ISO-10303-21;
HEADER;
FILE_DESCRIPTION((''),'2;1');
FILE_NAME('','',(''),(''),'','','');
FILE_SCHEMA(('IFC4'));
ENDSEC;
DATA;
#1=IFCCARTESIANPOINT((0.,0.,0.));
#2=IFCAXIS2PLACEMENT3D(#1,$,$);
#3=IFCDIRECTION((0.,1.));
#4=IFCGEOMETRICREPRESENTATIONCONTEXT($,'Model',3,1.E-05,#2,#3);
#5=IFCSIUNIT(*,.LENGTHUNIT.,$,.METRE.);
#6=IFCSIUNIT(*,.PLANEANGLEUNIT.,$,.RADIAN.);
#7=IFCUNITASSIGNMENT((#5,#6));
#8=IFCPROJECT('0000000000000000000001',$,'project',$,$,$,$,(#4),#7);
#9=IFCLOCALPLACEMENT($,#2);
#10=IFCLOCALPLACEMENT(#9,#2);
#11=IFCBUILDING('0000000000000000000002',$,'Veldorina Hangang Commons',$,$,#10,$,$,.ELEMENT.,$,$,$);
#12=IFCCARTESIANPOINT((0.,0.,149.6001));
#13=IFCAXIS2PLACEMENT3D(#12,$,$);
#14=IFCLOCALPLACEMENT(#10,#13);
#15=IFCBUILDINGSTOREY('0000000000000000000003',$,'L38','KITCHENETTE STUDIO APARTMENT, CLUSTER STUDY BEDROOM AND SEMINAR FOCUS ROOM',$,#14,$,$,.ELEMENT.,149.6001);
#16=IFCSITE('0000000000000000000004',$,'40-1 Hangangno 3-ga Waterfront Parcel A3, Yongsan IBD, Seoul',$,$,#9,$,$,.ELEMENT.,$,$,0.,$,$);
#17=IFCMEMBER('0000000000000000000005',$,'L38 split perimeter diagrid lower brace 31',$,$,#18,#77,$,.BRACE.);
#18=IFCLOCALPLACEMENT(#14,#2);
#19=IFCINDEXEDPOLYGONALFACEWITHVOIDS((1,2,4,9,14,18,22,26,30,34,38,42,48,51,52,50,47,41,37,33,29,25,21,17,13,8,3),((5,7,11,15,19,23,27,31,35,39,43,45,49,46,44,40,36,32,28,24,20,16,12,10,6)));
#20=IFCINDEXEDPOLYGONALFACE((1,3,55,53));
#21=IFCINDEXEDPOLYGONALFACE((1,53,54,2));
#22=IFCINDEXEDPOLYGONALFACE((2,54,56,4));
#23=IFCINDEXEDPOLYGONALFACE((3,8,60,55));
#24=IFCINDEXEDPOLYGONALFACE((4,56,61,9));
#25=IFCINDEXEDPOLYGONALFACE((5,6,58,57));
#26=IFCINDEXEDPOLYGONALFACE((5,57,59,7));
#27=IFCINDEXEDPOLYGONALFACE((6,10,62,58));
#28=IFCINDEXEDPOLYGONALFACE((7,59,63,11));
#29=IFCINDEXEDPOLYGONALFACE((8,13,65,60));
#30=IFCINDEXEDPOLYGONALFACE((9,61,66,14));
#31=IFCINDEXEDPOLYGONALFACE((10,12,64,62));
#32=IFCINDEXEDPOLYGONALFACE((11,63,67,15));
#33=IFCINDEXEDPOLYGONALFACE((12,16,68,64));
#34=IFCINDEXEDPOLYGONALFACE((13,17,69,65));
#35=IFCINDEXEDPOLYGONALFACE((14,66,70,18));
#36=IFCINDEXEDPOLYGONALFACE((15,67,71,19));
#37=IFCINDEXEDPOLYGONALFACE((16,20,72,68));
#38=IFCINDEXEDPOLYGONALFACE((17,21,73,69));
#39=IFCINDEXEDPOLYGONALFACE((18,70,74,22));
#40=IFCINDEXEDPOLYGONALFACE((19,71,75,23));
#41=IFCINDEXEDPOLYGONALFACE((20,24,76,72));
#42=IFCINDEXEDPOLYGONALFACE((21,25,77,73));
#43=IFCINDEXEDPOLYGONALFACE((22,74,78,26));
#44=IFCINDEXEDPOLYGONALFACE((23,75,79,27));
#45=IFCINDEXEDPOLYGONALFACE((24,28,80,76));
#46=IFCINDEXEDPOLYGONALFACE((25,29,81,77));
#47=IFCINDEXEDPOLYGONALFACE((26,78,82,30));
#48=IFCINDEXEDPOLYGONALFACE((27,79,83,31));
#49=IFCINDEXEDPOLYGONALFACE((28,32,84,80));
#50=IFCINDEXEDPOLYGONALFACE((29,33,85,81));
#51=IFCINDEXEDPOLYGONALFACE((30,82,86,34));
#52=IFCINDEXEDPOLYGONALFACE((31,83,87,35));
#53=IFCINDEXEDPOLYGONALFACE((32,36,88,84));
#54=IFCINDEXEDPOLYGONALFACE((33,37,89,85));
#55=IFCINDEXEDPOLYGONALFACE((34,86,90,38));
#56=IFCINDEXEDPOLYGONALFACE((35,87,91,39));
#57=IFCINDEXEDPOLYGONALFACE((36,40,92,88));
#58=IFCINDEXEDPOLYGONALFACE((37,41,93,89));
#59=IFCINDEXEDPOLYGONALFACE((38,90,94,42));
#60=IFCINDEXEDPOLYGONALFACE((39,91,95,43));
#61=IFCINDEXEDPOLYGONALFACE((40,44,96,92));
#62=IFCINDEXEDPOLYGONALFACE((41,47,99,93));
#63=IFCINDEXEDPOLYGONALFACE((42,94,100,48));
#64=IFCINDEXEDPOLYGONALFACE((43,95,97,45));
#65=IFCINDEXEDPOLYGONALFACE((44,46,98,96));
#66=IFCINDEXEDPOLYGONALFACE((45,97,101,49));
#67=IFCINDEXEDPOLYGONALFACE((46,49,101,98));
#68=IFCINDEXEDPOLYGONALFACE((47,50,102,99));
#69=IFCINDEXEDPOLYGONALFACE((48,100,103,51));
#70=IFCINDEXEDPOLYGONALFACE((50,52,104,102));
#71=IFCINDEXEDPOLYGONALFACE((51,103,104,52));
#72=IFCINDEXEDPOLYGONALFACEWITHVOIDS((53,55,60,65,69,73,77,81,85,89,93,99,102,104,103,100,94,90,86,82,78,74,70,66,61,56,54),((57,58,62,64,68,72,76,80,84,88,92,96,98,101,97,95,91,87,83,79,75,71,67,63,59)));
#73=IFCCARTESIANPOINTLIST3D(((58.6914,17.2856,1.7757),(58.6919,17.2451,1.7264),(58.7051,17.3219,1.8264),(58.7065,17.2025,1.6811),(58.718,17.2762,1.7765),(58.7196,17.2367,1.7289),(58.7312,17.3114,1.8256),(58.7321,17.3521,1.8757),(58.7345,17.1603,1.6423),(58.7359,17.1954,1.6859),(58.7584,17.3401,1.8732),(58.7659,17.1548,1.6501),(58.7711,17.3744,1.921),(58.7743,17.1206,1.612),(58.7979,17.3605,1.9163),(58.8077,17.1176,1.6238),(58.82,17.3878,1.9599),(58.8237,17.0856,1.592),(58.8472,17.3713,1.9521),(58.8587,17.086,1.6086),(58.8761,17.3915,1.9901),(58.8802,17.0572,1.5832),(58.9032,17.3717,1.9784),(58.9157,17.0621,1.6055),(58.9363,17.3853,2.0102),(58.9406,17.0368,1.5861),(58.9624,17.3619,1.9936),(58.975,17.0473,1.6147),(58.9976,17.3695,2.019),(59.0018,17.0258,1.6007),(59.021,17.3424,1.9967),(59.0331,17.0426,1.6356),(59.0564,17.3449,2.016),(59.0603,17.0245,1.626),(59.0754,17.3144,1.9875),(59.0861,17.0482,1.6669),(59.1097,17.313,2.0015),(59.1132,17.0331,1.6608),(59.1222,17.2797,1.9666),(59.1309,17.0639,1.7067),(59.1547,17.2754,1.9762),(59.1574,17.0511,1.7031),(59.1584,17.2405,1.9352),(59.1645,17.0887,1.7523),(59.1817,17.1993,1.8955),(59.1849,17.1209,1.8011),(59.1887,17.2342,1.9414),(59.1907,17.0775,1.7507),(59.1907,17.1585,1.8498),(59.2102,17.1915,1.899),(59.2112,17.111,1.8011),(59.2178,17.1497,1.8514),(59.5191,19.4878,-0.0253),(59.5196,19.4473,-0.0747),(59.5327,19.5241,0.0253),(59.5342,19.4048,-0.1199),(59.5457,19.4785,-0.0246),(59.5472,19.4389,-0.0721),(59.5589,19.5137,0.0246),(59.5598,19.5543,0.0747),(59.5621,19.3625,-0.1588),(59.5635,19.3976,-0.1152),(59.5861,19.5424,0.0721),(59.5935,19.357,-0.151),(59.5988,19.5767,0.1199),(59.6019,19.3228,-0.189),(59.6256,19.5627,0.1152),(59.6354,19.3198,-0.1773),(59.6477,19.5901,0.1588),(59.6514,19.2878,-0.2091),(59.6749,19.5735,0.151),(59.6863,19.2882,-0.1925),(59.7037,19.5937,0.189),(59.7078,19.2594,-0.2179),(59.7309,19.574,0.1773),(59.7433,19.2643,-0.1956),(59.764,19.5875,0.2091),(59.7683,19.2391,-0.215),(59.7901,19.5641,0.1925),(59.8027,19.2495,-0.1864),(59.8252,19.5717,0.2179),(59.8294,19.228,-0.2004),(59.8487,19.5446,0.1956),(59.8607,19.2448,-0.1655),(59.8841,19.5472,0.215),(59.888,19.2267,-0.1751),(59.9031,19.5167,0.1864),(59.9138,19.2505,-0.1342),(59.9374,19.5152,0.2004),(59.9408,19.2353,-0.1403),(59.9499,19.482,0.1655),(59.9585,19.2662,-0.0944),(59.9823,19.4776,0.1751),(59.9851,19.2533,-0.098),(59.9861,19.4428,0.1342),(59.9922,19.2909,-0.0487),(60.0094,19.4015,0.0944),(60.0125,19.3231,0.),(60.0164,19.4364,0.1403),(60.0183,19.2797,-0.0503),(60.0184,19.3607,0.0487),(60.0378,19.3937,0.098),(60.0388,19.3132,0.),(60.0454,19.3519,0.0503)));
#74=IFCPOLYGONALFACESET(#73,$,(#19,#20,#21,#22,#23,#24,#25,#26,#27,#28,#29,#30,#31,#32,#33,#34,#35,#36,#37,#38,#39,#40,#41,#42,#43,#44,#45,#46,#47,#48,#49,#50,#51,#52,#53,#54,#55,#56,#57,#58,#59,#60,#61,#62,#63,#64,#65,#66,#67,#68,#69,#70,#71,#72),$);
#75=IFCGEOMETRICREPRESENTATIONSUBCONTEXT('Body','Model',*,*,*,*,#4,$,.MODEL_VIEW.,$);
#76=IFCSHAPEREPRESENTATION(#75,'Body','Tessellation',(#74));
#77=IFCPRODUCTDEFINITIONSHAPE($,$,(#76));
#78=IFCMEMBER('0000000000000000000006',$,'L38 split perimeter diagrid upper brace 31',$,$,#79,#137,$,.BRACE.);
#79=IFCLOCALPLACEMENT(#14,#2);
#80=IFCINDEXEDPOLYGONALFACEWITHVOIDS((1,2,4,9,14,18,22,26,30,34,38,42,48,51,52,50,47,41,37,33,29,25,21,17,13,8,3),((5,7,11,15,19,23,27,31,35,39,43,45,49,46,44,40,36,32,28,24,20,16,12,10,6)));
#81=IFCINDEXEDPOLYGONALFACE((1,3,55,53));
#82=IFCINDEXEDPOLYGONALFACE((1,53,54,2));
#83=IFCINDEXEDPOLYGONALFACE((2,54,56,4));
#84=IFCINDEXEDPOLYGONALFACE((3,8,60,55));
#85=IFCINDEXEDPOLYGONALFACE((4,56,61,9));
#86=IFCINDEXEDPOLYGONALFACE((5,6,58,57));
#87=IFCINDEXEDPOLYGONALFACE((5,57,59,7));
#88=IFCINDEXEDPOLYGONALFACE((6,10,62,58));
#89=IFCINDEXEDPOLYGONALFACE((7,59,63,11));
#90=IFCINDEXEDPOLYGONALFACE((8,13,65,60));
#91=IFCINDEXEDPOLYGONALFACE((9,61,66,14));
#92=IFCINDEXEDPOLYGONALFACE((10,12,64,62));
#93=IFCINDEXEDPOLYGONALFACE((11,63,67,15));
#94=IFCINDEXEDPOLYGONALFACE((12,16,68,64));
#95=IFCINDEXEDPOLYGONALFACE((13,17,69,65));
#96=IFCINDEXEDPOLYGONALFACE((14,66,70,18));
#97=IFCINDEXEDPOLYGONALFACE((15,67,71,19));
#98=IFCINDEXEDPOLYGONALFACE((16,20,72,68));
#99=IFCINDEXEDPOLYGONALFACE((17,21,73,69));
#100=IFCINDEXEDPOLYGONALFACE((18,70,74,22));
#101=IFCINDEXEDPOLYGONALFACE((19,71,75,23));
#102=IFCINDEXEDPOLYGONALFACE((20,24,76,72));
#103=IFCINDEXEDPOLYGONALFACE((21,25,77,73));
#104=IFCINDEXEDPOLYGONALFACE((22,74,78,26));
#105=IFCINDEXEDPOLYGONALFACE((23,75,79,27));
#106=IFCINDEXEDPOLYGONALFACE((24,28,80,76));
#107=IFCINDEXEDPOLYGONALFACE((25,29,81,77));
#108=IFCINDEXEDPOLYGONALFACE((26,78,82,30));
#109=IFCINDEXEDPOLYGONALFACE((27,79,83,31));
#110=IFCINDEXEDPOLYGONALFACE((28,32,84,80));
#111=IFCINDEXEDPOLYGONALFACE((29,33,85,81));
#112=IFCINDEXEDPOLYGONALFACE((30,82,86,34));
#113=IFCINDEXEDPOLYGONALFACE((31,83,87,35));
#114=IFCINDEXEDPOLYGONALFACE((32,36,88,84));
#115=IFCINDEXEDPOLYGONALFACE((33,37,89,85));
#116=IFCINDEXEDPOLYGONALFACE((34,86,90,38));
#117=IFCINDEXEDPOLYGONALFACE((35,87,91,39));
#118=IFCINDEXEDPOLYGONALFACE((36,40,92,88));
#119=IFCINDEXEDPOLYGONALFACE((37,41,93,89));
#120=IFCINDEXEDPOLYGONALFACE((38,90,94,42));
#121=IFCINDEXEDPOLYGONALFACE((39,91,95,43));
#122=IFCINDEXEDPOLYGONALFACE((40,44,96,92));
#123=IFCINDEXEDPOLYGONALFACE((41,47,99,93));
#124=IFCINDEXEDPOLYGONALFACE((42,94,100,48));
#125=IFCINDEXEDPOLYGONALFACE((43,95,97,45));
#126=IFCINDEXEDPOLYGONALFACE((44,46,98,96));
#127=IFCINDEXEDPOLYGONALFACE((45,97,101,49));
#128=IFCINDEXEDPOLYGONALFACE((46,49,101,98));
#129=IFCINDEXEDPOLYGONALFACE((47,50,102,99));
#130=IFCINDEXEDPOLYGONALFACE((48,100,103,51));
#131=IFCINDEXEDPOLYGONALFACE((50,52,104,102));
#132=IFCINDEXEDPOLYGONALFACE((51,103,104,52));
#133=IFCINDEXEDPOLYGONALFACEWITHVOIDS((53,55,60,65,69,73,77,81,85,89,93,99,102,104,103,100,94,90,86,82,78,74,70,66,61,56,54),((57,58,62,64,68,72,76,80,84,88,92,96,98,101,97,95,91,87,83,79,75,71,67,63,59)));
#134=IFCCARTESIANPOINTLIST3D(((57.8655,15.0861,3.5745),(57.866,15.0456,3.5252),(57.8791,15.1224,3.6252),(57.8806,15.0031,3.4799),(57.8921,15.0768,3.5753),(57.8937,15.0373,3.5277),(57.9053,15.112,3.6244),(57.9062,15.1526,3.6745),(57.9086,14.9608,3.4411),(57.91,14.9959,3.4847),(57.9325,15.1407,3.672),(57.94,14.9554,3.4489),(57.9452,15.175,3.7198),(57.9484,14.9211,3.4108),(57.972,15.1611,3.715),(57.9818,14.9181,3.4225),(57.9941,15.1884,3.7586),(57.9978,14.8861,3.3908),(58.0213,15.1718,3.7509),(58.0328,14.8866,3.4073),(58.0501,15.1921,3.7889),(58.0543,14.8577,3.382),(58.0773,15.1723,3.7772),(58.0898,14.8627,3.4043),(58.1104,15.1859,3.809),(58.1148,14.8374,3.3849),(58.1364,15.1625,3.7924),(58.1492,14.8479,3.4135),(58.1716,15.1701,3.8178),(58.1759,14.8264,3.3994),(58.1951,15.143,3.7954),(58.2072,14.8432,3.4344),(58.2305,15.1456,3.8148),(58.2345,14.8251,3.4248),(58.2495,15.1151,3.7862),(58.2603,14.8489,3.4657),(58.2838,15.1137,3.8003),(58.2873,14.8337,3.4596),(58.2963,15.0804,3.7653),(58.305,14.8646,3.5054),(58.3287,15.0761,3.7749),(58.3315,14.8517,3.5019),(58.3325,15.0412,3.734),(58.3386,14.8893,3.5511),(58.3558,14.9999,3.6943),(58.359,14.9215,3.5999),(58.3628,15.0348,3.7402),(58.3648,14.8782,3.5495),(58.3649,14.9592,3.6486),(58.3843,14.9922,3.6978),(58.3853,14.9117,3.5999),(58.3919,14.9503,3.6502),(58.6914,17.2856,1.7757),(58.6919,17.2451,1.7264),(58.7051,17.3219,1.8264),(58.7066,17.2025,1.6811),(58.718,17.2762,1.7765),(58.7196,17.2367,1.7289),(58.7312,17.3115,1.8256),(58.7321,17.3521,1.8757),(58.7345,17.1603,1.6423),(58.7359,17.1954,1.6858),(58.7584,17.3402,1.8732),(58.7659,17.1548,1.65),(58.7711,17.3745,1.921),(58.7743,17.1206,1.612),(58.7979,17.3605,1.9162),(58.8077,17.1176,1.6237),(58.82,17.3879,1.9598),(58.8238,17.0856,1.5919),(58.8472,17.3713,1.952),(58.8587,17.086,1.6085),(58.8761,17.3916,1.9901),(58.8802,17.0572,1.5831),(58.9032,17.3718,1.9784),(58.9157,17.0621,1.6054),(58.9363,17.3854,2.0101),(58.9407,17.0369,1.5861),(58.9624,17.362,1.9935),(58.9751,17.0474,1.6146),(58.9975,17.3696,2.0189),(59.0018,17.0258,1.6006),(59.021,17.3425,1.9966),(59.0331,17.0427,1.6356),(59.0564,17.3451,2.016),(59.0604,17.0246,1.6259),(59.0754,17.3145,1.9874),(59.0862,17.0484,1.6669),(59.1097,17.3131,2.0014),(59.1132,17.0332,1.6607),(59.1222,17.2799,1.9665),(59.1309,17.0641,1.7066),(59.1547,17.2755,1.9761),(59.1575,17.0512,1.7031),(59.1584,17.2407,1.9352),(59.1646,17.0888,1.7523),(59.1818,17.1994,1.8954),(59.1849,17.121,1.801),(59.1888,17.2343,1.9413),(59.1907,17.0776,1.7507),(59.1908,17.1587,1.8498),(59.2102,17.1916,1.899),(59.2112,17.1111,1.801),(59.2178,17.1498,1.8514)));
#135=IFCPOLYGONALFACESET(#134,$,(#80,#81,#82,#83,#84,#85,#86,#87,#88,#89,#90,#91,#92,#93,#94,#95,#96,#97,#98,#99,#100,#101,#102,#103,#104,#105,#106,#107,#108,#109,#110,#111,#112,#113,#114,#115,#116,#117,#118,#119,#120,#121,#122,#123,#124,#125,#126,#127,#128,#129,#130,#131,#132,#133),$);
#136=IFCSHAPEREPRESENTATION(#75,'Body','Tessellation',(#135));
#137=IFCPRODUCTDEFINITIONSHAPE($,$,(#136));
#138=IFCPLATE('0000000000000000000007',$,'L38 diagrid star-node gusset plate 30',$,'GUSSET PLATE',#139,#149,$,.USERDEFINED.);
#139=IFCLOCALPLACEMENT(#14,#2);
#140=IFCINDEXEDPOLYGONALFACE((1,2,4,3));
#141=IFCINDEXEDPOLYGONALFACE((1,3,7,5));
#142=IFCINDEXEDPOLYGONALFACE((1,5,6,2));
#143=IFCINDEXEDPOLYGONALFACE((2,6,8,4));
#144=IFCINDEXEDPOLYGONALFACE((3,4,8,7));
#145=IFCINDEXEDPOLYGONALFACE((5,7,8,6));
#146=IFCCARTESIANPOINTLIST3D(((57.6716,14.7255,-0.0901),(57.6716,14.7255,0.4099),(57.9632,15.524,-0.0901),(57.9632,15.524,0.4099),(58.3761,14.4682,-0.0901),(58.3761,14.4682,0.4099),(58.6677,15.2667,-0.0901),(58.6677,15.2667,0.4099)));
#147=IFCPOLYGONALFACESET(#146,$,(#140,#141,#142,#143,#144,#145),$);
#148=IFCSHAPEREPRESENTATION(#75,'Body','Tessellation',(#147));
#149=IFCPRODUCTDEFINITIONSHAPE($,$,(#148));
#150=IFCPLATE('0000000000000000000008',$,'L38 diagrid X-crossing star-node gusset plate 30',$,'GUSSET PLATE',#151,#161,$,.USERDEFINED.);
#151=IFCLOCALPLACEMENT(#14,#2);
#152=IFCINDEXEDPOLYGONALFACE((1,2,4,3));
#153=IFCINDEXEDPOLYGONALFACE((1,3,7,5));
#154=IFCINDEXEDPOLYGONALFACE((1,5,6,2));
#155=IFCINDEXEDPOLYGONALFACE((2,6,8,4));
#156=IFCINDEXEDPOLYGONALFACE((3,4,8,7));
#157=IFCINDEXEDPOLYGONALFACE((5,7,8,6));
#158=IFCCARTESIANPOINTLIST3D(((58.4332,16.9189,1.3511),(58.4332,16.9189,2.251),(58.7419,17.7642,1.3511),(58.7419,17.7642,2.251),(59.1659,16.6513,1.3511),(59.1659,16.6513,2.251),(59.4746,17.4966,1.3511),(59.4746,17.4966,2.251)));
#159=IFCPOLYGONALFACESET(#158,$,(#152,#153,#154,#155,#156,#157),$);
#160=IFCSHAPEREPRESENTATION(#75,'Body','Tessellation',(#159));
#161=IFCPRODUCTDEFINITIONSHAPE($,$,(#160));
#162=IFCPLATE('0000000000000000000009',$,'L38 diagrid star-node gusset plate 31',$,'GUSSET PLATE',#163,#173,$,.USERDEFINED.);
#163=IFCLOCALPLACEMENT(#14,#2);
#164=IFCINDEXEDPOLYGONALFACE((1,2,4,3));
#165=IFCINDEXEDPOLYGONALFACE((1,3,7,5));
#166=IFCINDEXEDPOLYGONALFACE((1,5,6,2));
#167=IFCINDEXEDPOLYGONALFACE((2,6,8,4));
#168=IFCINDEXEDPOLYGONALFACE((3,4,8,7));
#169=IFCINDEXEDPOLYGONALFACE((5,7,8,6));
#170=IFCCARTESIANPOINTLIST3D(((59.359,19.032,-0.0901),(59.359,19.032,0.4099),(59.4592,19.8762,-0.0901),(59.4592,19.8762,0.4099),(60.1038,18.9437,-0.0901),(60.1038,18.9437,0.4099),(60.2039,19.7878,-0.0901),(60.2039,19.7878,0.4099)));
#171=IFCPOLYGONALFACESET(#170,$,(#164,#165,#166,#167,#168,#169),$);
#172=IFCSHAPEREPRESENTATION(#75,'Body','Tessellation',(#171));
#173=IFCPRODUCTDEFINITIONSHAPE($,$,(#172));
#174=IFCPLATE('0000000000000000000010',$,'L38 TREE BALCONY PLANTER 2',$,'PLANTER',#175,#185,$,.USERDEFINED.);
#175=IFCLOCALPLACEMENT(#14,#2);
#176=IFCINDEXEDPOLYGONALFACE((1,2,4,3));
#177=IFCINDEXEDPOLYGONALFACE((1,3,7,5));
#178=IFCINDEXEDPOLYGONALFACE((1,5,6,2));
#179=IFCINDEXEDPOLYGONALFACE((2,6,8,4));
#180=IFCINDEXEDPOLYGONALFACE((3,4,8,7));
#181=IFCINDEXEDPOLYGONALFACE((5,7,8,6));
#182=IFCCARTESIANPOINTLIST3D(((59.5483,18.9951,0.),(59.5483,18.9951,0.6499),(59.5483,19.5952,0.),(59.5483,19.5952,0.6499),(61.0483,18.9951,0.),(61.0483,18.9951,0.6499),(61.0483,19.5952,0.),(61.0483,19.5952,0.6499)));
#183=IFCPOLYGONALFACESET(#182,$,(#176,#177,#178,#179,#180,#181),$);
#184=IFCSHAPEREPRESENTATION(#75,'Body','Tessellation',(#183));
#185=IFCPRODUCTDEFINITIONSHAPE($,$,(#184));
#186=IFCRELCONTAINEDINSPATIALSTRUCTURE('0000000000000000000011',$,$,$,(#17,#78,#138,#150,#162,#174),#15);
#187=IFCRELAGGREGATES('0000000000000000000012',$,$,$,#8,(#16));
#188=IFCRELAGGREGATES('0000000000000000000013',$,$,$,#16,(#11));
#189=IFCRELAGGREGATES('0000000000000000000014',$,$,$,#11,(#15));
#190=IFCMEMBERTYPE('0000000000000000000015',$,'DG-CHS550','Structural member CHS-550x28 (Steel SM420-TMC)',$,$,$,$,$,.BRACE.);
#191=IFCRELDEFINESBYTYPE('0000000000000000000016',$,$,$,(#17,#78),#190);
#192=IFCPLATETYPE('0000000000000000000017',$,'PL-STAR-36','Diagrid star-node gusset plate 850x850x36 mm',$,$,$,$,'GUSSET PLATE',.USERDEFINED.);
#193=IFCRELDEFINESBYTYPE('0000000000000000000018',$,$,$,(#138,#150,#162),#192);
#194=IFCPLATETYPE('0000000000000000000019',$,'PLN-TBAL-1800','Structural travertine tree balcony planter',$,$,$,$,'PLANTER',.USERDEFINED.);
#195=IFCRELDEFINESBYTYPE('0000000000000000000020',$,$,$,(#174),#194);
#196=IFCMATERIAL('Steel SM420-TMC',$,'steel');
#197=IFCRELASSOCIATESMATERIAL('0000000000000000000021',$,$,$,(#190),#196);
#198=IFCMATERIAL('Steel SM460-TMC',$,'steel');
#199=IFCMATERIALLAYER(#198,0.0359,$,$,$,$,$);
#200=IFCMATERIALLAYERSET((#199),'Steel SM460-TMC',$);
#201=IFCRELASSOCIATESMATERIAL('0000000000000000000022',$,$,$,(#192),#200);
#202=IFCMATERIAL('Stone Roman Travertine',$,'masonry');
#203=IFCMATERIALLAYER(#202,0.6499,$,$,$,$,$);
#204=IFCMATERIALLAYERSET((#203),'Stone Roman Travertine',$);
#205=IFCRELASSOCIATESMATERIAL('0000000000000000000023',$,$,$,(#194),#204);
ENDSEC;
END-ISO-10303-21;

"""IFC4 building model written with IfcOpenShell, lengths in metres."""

from ifc_helpers import new_model, si_unit, direction, frame, origin, origin_2d, place, context, subcontext, project, spatial, rectangle, hollow_circle, extrude, material, layer, layer_set, material_profile, profile_set, type_object, element, save


model = new_model("IFC4")

# Units and contexts
model_context = context("Model", 3, precision=1e-05, world=origin(), true_north=direction((0.0, 1.0)))
body_context = subcontext(model_context, "Body", "Model", "MODEL_VIEW")
ifc_project = project(units=[si_unit("LENGTHUNIT", "METRE"), si_unit("PLANEANGLEUNIT", "RADIAN")], contexts=[model_context])

# Site, building, storey
site_placement = place(None, origin())
site = spatial("IfcSite", under=ifc_project, at=site_placement, Name="40-1 Hangangno 3-ga Waterfront Parcel A3, Yongsan IBD, Seoul", CompositionType="ELEMENT", RefElevation=0.0)
building_placement = place(site_placement, origin())
building = spatial("IfcBuilding", under=site, at=building_placement, Name="Veldorina Hangang Commons", CompositionType="ELEMENT")
storey_placement = place(building_placement, frame((0.0, 0.0, 149.6001)))
storey = spatial("IfcBuildingStorey", under=building, at=storey_placement, Name="L38", Description="KITCHENETTE STUDIO APARTMENT, CLUSTER STUDY BEDROOM AND SEMINAR FOCUS ROOM", CompositionType="ELEMENT", Elevation=149.6001)

# Shared definitions
ifc_material_1 = material(Name="Steel SM420-TMC", Category="steel")

# Members
ifc_material_profile_1 = material_profile(ifc_material_1, hollow_circle(Radius=0.2749, WallThickness=0.0281, at=origin_2d()), Name="CHS-550x28")
ifc_profile_set_1 = profile_set([ifc_material_profile_1], Name="Steel SM420-TMC")
member_type_1 = type_object("IfcMemberType", Name="DG-CHS550", Description="Structural member CHS-550x28 (Steel SM420-TMC)", PredefinedType="BRACE", material=ifc_profile_set_1)
member_1_placement = place(storey_placement, frame((59.7815, 19.4099, 0.0), z_axis=(-0.279344, -0.743268, 0.607881), x_axis=(0.936073, -0.351806, 0.0)))
element("IfcMember", 1, at=member_1_placement, inside=storey, type_object=member_type_1, Name="L38 split perimeter diagrid lower brace 31", PredefinedType="BRACE", context=body_context, shape_type="SweptSolid", body=[
    extrude(hollow_circle(Radius=0.2749, WallThickness=0.0281, at=origin_2d()), origin(), (0.0, 0.0, 1.0), 2.9629),
])
member_2_placement = place(storey_placement, frame((58.9539, 17.2078, 1.801), z_axis=(-0.279126, -0.743317, 0.607921), x_axis=(0.936171, -0.351545, 0.0)))
element("IfcMember", 2, at=member_2_placement, inside=storey, type_object=member_type_1, Name="L38 split perimeter diagrid upper brace 31", PredefinedType="BRACE", context=body_context, shape_type="SweptSolid", body=[
    extrude(hollow_circle(Radius=0.2749, WallThickness=0.0281, at=origin_2d()), origin(), (0.0, 0.0, 1.0), 2.959),
])

# Plates
ifc_material_2 = material(Name="Steel SM460-TMC", Category="steel")
ifc_layer_1 = layer(ifc_material_2, 0.0359)
ifc_layer_set_1 = layer_set([ifc_layer_1], Name="Steel SM460-TMC")
plate_type_1 = type_object("IfcPlateType", Name="PL-STAR-36", Description="Diagrid star-node gusset plate 850x850x36 mm", ElementType="GUSSET PLATE", PredefinedType="USERDEFINED", material=ifc_layer_set_1)
plate_1_placement = place(storey_placement, frame((58.1697, 14.9961, -0.0901), z_axis=(0.0, 0.0, 1.0), x_axis=(0.343037, 0.939322, 0.0)))
element("IfcPlate", 3, at=plate_1_placement, inside=storey, type_object=plate_type_1, Name="L38 diagrid star-node gusset plate 30", ObjectType="GUSSET PLATE", PredefinedType="USERDEFINED", context=body_context, shape_type="SweptSolid", body=[
    extrude(rectangle(XDim=0.8501, YDim=0.75, at=origin_2d()), origin(), (0.0, 0.0, 1.0), 0.5),
])
plate_2_placement = place(storey_placement, frame((58.9539, 17.2078, 1.3511), z_axis=(0.0, 0.0, 1.0), x_axis=(0.343037, 0.939322, 0.0)))
element("IfcPlate", 4, at=plate_2_placement, inside=storey, type_object=plate_type_1, Name="L38 diagrid X-crossing star-node gusset plate 30", ObjectType="GUSSET PLATE", PredefinedType="USERDEFINED", context=body_context, shape_type="SweptSolid", body=[
    extrude(rectangle(XDim=0.8999, YDim=0.78, at=origin_2d()), origin(), (0.0, 0.0, 1.0), 0.8999),
])
plate_3_placement = place(storey_placement, frame((59.7815, 19.4099, -0.0901), z_axis=(0.0, 0.0, 1.0), x_axis=(0.117763, 0.993042, 0.0)))
element("IfcPlate", 5, at=plate_3_placement, inside=storey, type_object=plate_type_1, Name="L38 diagrid star-node gusset plate 31", ObjectType="GUSSET PLATE", PredefinedType="USERDEFINED", context=body_context, shape_type="SweptSolid", body=[
    extrude(rectangle(XDim=0.8501, YDim=0.75, at=origin_2d()), origin(), (0.0, 0.0, 1.0), 0.5),
])
ifc_material_3 = material(Name="Stone Roman Travertine", Category="masonry")
ifc_layer_2 = layer(ifc_material_3, 0.6499)
ifc_layer_set_2 = layer_set([ifc_layer_2], Name="Stone Roman Travertine")
plate_type_2 = type_object("IfcPlateType", Name="PLN-TBAL-1800", Description="Structural travertine tree balcony planter", ElementType="PLANTER", PredefinedType="USERDEFINED", material=ifc_layer_set_2)
plate_4_placement = place(storey_placement, frame((60.2983, 19.2952, 0.0), z_axis=(0.0, 0.0, 1.0), x_axis=(1.0, 0.0, 0.0)))
element("IfcPlate", 6, at=plate_4_placement, inside=storey, type_object=plate_type_2, Name="L38 TREE BALCONY PLANTER 2", ObjectType="PLANTER", PredefinedType="USERDEFINED", context=body_context, shape_type="SweptSolid", body=[
    extrude(rectangle(XDim=1.5, YDim=0.6001, at=origin_2d()), origin(), (0.0, 0.0, 1.0), 0.6499),
])

save(model, "model.ifc")
